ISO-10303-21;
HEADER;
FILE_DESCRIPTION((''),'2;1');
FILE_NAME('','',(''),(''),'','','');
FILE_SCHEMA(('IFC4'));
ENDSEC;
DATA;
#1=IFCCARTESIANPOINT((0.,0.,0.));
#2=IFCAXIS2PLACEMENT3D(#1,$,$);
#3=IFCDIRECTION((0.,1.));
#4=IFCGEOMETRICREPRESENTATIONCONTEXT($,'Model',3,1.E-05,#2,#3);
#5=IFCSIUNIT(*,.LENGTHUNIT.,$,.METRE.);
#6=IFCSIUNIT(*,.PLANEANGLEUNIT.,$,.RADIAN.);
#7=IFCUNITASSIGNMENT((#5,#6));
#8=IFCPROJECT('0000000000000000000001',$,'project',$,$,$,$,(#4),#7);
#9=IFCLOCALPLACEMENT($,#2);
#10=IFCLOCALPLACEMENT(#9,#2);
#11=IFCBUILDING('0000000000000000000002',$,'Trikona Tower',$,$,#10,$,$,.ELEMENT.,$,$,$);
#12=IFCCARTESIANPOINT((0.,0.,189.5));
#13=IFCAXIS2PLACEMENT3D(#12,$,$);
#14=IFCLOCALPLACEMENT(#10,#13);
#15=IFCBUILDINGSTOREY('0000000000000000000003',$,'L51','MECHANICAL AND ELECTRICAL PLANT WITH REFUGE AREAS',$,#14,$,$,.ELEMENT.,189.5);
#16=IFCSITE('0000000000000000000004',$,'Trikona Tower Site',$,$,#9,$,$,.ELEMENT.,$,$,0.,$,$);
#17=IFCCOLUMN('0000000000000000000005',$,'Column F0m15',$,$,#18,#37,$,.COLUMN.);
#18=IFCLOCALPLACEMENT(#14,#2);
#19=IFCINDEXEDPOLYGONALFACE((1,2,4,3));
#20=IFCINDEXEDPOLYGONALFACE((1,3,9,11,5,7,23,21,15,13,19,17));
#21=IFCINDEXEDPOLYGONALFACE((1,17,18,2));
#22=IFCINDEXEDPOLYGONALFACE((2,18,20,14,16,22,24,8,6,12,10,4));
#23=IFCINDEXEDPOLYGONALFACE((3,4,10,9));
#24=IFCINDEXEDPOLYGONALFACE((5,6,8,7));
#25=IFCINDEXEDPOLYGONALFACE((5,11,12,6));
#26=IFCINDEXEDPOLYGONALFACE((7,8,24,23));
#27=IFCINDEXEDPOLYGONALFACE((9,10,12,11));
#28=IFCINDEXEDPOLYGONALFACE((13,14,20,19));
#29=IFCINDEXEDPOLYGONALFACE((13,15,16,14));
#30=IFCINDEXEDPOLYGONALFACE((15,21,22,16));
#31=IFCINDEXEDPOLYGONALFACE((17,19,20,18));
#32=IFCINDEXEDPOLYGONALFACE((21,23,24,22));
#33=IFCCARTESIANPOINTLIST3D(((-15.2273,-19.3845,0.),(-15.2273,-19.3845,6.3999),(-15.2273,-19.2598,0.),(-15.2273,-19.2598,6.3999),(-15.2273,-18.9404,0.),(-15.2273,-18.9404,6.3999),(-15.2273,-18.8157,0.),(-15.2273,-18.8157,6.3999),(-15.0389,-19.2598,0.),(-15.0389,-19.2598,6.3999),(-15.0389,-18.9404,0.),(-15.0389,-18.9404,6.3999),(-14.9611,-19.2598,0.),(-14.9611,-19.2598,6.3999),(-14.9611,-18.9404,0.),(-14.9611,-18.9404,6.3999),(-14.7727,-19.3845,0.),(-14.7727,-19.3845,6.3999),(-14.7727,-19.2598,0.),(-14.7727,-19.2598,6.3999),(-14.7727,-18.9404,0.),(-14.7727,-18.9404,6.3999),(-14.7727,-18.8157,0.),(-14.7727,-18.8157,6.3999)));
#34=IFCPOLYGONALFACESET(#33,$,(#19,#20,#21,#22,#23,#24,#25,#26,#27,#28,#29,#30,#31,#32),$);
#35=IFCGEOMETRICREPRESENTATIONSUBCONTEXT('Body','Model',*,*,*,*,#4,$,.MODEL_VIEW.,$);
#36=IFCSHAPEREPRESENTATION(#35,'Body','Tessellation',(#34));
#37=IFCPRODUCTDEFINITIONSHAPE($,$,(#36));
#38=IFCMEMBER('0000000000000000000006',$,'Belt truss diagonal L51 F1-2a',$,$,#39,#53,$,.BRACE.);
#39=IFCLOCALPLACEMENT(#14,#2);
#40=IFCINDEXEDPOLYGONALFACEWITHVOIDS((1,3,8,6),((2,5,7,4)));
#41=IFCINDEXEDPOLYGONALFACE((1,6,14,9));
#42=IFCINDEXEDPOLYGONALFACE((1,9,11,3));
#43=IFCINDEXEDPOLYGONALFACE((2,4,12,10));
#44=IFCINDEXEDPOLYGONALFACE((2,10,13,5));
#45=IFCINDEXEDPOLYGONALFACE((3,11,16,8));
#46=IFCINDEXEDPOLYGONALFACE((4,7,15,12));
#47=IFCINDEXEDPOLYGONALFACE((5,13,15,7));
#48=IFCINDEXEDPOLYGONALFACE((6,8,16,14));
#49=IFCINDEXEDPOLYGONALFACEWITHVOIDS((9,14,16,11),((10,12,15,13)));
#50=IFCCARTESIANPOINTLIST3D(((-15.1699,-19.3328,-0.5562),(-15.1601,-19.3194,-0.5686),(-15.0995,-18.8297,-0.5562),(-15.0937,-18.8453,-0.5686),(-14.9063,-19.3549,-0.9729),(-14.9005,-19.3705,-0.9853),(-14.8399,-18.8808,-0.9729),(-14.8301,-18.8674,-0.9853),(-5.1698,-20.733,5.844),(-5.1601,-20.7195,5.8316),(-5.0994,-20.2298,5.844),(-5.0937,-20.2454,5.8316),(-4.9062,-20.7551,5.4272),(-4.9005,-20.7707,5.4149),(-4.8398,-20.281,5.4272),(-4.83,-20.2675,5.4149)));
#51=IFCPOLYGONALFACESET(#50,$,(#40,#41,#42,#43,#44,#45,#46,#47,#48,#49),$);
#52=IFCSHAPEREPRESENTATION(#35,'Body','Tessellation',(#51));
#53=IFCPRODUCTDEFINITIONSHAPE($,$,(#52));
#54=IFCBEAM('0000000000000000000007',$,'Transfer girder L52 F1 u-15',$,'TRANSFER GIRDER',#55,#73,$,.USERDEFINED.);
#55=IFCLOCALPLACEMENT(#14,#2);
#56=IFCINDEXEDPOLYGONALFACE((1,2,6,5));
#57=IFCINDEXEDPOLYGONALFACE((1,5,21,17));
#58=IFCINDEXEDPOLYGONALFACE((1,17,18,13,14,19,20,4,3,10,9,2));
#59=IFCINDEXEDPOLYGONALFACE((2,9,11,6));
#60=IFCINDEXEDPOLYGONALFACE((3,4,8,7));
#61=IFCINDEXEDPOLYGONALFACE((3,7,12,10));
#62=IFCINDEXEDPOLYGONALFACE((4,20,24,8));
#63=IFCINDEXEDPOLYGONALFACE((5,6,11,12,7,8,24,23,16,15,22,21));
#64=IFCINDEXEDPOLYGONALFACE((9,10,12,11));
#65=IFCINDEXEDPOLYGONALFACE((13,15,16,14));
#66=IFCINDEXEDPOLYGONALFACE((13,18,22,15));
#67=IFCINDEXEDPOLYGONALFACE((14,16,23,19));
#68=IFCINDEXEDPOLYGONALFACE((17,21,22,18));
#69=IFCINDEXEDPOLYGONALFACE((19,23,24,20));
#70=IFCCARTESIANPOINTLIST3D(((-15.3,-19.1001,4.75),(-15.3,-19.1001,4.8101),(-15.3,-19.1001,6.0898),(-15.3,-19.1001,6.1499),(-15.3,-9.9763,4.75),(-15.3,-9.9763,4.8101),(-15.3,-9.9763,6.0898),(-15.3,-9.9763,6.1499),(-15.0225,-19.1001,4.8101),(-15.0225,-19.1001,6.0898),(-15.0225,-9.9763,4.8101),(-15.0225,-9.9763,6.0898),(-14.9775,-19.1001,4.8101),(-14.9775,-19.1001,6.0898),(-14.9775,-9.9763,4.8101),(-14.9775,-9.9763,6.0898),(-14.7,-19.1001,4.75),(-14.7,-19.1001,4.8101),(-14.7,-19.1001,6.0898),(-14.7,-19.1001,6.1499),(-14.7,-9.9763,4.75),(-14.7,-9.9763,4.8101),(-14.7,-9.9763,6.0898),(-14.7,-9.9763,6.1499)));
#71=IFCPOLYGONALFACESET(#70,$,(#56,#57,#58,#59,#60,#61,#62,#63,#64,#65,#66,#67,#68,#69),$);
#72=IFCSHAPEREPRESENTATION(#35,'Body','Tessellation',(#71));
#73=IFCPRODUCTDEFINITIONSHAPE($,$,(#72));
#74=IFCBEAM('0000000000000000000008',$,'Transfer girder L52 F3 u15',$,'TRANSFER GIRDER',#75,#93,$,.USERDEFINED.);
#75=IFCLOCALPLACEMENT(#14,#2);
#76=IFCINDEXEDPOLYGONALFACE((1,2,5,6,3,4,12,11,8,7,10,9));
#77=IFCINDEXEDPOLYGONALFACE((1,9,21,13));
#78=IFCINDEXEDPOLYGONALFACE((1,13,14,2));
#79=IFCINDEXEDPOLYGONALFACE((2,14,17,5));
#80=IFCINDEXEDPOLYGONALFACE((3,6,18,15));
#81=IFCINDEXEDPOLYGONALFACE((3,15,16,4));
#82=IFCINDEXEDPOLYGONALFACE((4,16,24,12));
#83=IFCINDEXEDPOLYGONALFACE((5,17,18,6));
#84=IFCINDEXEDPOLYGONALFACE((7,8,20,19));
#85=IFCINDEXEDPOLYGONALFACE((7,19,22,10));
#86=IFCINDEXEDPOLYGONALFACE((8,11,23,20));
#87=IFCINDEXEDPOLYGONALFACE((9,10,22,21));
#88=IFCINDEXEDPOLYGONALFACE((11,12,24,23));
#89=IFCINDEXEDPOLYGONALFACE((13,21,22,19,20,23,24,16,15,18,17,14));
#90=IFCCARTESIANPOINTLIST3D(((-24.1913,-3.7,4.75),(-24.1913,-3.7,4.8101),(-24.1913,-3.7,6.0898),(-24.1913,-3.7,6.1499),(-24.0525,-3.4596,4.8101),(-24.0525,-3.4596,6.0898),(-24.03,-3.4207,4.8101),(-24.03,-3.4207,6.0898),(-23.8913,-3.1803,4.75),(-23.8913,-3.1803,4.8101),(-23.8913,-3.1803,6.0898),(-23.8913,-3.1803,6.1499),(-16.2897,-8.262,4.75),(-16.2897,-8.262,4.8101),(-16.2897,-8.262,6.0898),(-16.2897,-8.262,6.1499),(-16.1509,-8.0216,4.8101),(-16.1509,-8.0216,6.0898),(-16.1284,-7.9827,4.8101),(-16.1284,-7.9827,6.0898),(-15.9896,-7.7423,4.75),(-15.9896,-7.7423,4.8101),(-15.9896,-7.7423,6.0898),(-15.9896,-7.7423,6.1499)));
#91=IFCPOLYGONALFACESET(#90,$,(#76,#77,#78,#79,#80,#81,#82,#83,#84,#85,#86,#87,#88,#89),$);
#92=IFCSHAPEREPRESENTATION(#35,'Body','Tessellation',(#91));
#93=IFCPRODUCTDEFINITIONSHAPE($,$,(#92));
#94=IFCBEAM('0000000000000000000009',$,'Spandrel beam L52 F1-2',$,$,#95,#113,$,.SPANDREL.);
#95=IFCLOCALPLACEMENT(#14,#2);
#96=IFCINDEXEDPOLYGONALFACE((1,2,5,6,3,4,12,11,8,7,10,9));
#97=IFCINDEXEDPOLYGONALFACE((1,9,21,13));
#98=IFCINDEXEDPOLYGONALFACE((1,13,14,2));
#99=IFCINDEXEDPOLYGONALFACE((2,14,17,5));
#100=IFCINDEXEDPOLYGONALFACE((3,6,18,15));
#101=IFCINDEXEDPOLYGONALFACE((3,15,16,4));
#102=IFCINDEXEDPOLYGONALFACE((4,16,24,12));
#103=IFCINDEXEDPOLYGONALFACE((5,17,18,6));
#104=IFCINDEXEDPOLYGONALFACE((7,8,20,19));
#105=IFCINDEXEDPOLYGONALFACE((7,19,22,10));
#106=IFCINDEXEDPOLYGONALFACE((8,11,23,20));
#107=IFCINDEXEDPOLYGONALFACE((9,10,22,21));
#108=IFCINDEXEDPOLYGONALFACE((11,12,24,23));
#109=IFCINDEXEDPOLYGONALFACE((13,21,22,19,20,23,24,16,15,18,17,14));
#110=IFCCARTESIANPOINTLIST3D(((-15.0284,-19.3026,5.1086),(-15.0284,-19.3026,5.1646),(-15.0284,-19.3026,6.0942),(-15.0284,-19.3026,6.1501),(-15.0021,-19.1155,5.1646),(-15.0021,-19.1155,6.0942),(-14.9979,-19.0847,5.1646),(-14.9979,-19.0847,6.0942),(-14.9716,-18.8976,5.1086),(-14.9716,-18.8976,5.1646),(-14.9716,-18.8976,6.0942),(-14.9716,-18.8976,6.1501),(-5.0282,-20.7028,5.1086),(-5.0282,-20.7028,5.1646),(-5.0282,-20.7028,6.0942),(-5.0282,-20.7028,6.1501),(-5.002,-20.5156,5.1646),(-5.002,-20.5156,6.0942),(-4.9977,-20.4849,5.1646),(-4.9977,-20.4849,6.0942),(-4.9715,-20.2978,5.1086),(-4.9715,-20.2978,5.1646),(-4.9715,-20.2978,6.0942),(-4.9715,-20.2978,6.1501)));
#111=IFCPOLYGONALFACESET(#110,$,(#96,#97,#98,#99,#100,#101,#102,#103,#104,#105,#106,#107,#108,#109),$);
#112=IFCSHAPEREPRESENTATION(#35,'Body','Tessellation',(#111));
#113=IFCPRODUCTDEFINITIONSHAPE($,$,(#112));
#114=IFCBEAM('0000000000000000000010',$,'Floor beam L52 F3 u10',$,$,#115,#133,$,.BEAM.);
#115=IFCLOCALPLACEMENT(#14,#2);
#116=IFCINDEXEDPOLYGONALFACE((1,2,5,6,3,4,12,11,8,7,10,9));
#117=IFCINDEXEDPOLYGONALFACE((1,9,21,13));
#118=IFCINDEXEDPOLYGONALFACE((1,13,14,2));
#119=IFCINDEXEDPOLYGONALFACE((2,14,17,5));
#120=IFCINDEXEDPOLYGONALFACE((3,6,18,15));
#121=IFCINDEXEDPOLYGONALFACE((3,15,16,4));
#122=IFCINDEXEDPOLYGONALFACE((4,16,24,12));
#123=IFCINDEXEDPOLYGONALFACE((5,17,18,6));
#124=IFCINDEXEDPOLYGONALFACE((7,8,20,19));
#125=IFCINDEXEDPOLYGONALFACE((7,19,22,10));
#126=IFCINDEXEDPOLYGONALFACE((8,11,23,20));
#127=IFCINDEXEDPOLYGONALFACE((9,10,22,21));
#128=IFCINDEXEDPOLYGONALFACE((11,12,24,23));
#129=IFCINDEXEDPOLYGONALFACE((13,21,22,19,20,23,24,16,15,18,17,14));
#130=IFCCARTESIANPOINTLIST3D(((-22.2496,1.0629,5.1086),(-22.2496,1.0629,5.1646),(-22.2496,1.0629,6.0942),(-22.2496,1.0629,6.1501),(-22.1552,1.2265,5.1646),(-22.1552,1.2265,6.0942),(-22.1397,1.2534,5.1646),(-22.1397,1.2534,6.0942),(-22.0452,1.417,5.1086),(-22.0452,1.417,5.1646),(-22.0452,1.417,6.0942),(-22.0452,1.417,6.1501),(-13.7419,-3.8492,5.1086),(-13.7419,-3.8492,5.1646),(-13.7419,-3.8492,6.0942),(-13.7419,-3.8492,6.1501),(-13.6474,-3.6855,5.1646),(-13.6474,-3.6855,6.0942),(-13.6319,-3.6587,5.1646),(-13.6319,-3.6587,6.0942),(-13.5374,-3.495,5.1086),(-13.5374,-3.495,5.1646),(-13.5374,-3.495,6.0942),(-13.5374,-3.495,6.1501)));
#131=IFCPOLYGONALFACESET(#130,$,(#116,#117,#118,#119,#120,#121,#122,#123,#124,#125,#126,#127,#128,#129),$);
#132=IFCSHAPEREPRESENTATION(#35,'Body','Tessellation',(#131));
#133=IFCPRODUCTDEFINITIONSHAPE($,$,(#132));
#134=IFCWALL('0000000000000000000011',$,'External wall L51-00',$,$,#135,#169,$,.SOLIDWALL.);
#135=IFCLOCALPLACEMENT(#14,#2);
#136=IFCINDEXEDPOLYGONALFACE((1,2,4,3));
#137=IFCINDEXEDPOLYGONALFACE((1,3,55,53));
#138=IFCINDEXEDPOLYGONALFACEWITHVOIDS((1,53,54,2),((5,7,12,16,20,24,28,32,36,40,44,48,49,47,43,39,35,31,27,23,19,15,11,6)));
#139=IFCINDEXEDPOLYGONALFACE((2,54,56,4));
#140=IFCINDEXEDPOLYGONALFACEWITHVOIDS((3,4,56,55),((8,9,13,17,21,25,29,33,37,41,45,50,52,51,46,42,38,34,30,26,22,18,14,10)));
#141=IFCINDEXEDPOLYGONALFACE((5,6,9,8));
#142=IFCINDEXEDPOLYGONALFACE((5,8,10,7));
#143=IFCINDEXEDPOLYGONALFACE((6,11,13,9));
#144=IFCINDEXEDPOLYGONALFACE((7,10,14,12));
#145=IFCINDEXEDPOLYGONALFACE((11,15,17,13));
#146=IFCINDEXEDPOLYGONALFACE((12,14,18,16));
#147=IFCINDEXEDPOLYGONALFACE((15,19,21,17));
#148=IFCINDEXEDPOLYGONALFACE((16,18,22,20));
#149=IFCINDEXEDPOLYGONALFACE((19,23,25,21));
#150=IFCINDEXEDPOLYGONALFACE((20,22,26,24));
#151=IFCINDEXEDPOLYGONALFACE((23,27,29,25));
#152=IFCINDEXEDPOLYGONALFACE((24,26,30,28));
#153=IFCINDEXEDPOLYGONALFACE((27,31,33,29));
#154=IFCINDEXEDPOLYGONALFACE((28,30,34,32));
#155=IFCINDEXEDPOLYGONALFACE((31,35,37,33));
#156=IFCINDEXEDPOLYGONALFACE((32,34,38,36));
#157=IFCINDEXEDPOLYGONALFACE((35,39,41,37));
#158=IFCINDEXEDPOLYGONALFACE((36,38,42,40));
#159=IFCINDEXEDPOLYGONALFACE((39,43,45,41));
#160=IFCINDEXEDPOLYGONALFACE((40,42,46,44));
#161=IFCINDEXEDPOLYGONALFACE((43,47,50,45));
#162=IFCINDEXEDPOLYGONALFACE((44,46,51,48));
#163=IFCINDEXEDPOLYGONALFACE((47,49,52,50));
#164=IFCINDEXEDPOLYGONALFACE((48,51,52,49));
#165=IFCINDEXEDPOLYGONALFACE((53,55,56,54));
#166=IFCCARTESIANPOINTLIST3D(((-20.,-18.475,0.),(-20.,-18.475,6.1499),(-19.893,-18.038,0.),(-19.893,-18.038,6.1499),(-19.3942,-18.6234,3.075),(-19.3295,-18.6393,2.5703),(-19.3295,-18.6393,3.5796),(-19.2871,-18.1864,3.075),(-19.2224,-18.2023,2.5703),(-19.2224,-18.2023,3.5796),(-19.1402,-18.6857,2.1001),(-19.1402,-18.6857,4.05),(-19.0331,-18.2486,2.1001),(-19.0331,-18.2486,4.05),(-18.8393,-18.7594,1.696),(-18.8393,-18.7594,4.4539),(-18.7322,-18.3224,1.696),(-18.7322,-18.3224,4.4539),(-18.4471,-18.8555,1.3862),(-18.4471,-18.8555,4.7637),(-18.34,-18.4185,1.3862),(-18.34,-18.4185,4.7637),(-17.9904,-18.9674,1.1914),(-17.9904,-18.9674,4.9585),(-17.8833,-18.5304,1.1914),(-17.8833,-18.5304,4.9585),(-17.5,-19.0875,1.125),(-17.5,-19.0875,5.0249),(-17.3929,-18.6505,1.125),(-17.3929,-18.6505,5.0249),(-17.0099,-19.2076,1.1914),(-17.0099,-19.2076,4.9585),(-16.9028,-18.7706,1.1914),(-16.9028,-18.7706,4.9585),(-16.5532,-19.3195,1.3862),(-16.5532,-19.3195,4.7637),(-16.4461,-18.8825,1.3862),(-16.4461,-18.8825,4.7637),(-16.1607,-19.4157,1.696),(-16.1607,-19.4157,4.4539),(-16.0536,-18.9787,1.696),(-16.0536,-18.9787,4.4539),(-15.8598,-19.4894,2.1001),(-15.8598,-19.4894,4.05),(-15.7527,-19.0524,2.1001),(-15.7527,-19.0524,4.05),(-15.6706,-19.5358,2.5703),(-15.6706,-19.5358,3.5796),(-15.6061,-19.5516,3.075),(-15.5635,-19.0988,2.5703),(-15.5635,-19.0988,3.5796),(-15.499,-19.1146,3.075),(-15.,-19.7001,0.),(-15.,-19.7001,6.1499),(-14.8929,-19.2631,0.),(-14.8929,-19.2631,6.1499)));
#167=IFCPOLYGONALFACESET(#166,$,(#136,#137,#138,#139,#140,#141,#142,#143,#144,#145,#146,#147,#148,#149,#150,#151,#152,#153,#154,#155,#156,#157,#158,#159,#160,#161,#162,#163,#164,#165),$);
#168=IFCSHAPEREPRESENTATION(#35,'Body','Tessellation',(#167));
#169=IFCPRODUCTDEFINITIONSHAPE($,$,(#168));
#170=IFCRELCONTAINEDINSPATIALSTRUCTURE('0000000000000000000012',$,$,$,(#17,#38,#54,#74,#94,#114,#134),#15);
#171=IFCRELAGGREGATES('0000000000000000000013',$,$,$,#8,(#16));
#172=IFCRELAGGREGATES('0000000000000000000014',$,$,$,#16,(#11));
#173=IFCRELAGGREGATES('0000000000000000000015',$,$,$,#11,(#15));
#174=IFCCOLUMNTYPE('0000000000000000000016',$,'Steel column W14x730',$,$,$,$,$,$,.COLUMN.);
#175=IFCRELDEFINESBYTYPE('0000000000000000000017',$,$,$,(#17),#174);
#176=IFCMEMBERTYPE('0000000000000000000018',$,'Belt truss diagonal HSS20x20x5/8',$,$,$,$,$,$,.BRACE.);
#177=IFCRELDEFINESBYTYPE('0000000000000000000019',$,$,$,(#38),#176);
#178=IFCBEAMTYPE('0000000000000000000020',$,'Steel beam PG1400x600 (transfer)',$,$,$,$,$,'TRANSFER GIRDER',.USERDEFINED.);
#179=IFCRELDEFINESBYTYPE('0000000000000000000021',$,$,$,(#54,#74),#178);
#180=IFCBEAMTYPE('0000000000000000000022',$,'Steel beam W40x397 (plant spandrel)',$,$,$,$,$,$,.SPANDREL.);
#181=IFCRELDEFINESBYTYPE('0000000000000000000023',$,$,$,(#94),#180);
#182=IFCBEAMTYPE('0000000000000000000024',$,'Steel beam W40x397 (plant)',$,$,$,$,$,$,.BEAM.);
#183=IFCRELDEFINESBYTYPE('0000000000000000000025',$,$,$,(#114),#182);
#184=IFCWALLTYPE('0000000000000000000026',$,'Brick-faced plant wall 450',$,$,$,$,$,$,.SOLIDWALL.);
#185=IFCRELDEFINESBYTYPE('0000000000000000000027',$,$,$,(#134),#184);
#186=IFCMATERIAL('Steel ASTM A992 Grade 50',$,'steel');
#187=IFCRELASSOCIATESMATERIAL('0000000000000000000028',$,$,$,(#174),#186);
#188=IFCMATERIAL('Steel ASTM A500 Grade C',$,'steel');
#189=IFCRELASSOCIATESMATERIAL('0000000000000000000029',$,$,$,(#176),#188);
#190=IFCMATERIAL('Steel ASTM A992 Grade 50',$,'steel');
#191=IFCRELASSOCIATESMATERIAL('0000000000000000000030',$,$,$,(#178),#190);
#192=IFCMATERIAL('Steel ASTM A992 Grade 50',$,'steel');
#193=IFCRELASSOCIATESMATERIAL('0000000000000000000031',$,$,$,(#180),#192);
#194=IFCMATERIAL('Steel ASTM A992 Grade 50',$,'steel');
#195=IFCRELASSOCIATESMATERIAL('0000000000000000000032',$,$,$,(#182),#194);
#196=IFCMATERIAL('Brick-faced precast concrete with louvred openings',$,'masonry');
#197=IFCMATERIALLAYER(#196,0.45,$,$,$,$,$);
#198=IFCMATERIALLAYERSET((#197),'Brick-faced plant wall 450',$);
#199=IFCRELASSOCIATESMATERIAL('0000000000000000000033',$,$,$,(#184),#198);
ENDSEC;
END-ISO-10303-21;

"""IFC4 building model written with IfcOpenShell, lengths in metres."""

from ifc_helpers import new_model, si_unit, direction, frame, origin, origin_2d, place, context, subcontext, project, spatial, polyline, hollow_rectangle, i_section, outline, extrude, material, layer, layer_set, material_profile, profile_set, type_object, element, save


model = new_model("IFC4")

# Units and contexts
model_context = context("Model", 3, precision=1e-05, world=origin(), true_north=direction((0.0, 1.0)))
body_context = subcontext(model_context, "Body", "Model", "MODEL_VIEW")
ifc_project = project(units=[si_unit("LENGTHUNIT", "METRE"), si_unit("PLANEANGLEUNIT", "RADIAN")], contexts=[model_context])

# Site, building, storey
site_placement = place(None, origin())
site = spatial("IfcSite", under=ifc_project, at=site_placement, Name="Trikona Tower Site", CompositionType="ELEMENT", RefElevation=0.0)
building_placement = place(site_placement, origin())
building = spatial("IfcBuilding", under=site, at=building_placement, Name="Trikona Tower", CompositionType="ELEMENT")
storey_placement = place(building_placement, frame((0.0, 0.0, 189.5)))
storey = spatial("IfcBuildingStorey", under=building, at=storey_placement, Name="L51", Description="MECHANICAL AND ELECTRICAL PLANT WITH REFUGE AREAS", CompositionType="ELEMENT", Elevation=189.5)

# Column
ifc_material_1 = material(Name="Steel ASTM A992 Grade 50", Category="steel")
ifc_material_profile_1 = material_profile(ifc_material_1, i_section(OverallWidth=0.4546, OverallDepth=0.5688, WebThickness=0.0779, FlangeThickness=0.1248, at=origin_2d()), Name="W14X730")
ifc_profile_set_1 = profile_set([ifc_material_profile_1], Name="Steel ASTM A992 Grade 50")
column_type = type_object("IfcColumnType", Name="Steel column W14x730", PredefinedType="COLUMN", material=ifc_profile_set_1)
column_placement = place(storey_placement, frame((-15.0, -19.1001, 0.0), z_axis=(0.0, 0.0, 1.0), x_axis=(1.0, 0.0, 0.0)))
element("IfcColumn", 1, at=column_placement, inside=storey, type_object=column_type, Name="Column F0m15", PredefinedType="COLUMN", context=body_context, shape_type="SweptSolid", body=[
    extrude(i_section(OverallWidth=0.4546, OverallDepth=0.5688, WebThickness=0.0779, FlangeThickness=0.1248, at=origin_2d()), origin(), (0.0, 0.0, 1.0), 6.3999),
])

# Member
ifc_material_2 = material(Name="Steel ASTM A500 Grade C", Category="steel")
ifc_material_profile_2 = material_profile(ifc_material_2, hollow_rectangle(XDim=0.5081, YDim=0.5081, WallThickness=0.0146, at=origin_2d()), Name="HSS20X20X5/8")
ifc_profile_set_2 = profile_set([ifc_material_profile_2], Name="Steel ASTM A500 Grade C")
member_type = type_object("IfcMemberType", Name="Belt truss diagonal HSS20x20x5/8", PredefinedType="BRACE", material=ifc_profile_set_2)
member_placement = place(storey_placement, frame((-15.0, -19.1001, -0.7708), z_axis=(0.836469, -0.117118, 0.535353), x_axis=(0.138662, 0.99034, 0.0)))
element("IfcMember", 2, at=member_placement, inside=storey, type_object=member_type, Name="Belt truss diagonal L51 F1-2a", PredefinedType="BRACE", context=body_context, shape_type="SweptSolid", body=[
    extrude(hollow_rectangle(XDim=0.5081, YDim=0.5081, WallThickness=0.0146, at=origin_2d()), origin(), (0.0, 0.0, 1.0), 11.9551),
])

# Beams
ifc_material_3 = material(Name="Steel ASTM A992 Grade 50", Category="steel")
ifc_material_profile_3 = material_profile(ifc_material_3, i_section(OverallWidth=0.6001, OverallDepth=1.3999, WebThickness=0.0449, FlangeThickness=0.0601, at=origin_2d()), Name="PG1400X600")
ifc_profile_set_3 = profile_set([ifc_material_profile_3], Name="Steel ASTM A992 Grade 50")
beam_type_1 = type_object("IfcBeamType", Name="Steel beam PG1400x600 (transfer)", ElementType="TRANSFER GIRDER", PredefinedType="USERDEFINED", material=ifc_profile_set_3)
beam_1_placement = place(storey_placement, frame((-15.0, -9.9763, 5.45), z_axis=(0.0, -1.0, 0.0), x_axis=(1.0, 0.0, 0.0)))
element("IfcBeam", 3, at=beam_1_placement, inside=storey, type_object=beam_type_1, Name="Transfer girder L52 F1 u-15", ObjectType="TRANSFER GIRDER", PredefinedType="USERDEFINED", context=body_context, shape_type="SweptSolid", body=[
    extrude(i_section(OverallWidth=0.6001, OverallDepth=1.3999, WebThickness=0.0449, FlangeThickness=0.0601, at=origin_2d()), origin(), (0.0, 0.0, 1.0), 9.1238),
])
beam_2_placement = place(storey_placement, frame((-16.1396, -8.0022, 5.45), z_axis=(-0.866025, 0.500001, 0.0), x_axis=(-0.500001, -0.866025, 0.0)))
element("IfcBeam", 4, at=beam_2_placement, inside=storey, type_object=beam_type_1, Name="Transfer girder L52 F3 u15", ObjectType="TRANSFER GIRDER", PredefinedType="USERDEFINED", context=body_context, shape_type="SweptSolid", body=[
    extrude(i_section(OverallWidth=0.6001, OverallDepth=1.3999, WebThickness=0.0449, FlangeThickness=0.0601, at=origin_2d()), origin(), (0.0, 0.0, 1.0), 9.124),
])
ifc_material_4 = material(Name="Steel ASTM A992 Grade 50", Category="steel")
ifc_material_profile_4 = material_profile(ifc_material_4, i_section(OverallWidth=0.4089, OverallDepth=1.0415, WebThickness=0.031, FlangeThickness=0.0559, at=origin_2d()), Name="W40X397")
ifc_profile_set_4 = profile_set([ifc_material_profile_4], Name="Steel ASTM A992 Grade 50")
beam_type_2 = type_object("IfcBeamType", Name="Steel beam W40x397 (plant spandrel)", PredefinedType="SPANDREL", material=ifc_profile_set_4)
beam_3_placement = place(storey_placement, frame((-15.0, -19.1001, 5.6294), z_axis=(0.99034, -0.138662, 0.0), x_axis=(0.138662, 0.99034, 0.0)))
element("IfcBeam", 5, at=beam_3_placement, inside=storey, type_object=beam_type_2, Name="Spandrel beam L52 F1-2", PredefinedType="SPANDREL", context=body_context, shape_type="SweptSolid", body=[
    extrude(i_section(OverallWidth=0.4089, OverallDepth=1.0415, WebThickness=0.031, FlangeThickness=0.0559, at=origin_2d()), origin(), (0.0, 0.0, 1.0), 10.0977),
])
ifc_material_5 = material(Name="Steel ASTM A992 Grade 50", Category="steel")
ifc_material_profile_5 = material_profile(ifc_material_5, i_section(OverallWidth=0.4089, OverallDepth=1.0415, WebThickness=0.031, FlangeThickness=0.0559, at=origin_2d()), Name="W40X397")
ifc_profile_set_5 = profile_set([ifc_material_profile_5], Name="Steel ASTM A992 Grade 50")
beam_type_3 = type_object("IfcBeamType", Name="Steel beam W40x397 (plant)", PredefinedType="BEAM", material=ifc_profile_set_5)
beam_4_placement = place(storey_placement, frame((-13.6396, -3.6721, 5.6294), z_axis=(-0.86602, 0.500009, 0.0), x_axis=(-0.500009, -0.86602, 0.0)))
element("IfcBeam", 6, at=beam_4_placement, inside=storey, type_object=beam_type_3, Name="Floor beam L52 F3 u10", PredefinedType="BEAM", context=body_context, shape_type="SweptSolid", body=[
    extrude(i_section(OverallWidth=0.4089, OverallDepth=1.0415, WebThickness=0.031, FlangeThickness=0.0559, at=origin_2d()), origin(), (0.0, 0.0, 1.0), 9.824),
])

# Wall
ifc_material_6 = material(Name="Brick-faced precast concrete with louvred openings", Category="masonry")
ifc_layer_1 = layer(ifc_material_6, 0.45)
ifc_layer_set_1 = layer_set([ifc_layer_1], Name="Brick-faced plant wall 450")
wall_type_1 = type_object("IfcWallType", Name="Brick-faced plant wall 450", PredefinedType="SOLIDWALL", material=ifc_layer_set_1)
wall_1_placement = place(storey_placement, frame((-19.9465, -18.2566, 0.0), z_axis=(0.0, 0.0, 1.0), x_axis=(0.97127, -0.23798, 0.0)))
element("IfcWall", 7, at=wall_1_placement, inside=storey, type_object=wall_type_1, Name="External wall L51-00", PredefinedType="SOLIDWALL", context=body_context, shape_type="SweptSolid", body=[
    extrude(outline(polyline([(0.0, 0.0), (5.1479, 0.0), (5.1479, 6.1499), (0.0, 6.1499), (0.0, 0.0)]), holes=[polyline([(4.5239, 3.075), (4.4575, 3.5796), (4.2627, 4.05), (3.9529, 4.4539), (3.5488, 4.7637), (3.0786, 4.9585), (2.574, 5.0249), (2.0691, 4.9585), (1.5989, 4.7637), (1.1951, 4.4539), (0.8853, 4.05), (0.6904, 3.5796), (0.6238, 3.075), (0.6904, 2.5703), (0.8853, 2.1001), (1.1951, 1.696), (1.5989, 1.3862), (2.0691, 1.1914), (2.574, 1.125), (3.0786, 1.1914), (3.5488, 1.3862), (3.9529, 1.696), (4.2627, 2.1001), (4.4575, 2.5703), (4.5239, 3.075)])]), frame((0.0, 0.2251, 0.0), z_axis=(0.0, -1.0, 0.0), x_axis=(1.0, 0.0, 0.0)), (0.0, 0.0, 1.0), 0.45),
])

save(model, "model.ifc")
